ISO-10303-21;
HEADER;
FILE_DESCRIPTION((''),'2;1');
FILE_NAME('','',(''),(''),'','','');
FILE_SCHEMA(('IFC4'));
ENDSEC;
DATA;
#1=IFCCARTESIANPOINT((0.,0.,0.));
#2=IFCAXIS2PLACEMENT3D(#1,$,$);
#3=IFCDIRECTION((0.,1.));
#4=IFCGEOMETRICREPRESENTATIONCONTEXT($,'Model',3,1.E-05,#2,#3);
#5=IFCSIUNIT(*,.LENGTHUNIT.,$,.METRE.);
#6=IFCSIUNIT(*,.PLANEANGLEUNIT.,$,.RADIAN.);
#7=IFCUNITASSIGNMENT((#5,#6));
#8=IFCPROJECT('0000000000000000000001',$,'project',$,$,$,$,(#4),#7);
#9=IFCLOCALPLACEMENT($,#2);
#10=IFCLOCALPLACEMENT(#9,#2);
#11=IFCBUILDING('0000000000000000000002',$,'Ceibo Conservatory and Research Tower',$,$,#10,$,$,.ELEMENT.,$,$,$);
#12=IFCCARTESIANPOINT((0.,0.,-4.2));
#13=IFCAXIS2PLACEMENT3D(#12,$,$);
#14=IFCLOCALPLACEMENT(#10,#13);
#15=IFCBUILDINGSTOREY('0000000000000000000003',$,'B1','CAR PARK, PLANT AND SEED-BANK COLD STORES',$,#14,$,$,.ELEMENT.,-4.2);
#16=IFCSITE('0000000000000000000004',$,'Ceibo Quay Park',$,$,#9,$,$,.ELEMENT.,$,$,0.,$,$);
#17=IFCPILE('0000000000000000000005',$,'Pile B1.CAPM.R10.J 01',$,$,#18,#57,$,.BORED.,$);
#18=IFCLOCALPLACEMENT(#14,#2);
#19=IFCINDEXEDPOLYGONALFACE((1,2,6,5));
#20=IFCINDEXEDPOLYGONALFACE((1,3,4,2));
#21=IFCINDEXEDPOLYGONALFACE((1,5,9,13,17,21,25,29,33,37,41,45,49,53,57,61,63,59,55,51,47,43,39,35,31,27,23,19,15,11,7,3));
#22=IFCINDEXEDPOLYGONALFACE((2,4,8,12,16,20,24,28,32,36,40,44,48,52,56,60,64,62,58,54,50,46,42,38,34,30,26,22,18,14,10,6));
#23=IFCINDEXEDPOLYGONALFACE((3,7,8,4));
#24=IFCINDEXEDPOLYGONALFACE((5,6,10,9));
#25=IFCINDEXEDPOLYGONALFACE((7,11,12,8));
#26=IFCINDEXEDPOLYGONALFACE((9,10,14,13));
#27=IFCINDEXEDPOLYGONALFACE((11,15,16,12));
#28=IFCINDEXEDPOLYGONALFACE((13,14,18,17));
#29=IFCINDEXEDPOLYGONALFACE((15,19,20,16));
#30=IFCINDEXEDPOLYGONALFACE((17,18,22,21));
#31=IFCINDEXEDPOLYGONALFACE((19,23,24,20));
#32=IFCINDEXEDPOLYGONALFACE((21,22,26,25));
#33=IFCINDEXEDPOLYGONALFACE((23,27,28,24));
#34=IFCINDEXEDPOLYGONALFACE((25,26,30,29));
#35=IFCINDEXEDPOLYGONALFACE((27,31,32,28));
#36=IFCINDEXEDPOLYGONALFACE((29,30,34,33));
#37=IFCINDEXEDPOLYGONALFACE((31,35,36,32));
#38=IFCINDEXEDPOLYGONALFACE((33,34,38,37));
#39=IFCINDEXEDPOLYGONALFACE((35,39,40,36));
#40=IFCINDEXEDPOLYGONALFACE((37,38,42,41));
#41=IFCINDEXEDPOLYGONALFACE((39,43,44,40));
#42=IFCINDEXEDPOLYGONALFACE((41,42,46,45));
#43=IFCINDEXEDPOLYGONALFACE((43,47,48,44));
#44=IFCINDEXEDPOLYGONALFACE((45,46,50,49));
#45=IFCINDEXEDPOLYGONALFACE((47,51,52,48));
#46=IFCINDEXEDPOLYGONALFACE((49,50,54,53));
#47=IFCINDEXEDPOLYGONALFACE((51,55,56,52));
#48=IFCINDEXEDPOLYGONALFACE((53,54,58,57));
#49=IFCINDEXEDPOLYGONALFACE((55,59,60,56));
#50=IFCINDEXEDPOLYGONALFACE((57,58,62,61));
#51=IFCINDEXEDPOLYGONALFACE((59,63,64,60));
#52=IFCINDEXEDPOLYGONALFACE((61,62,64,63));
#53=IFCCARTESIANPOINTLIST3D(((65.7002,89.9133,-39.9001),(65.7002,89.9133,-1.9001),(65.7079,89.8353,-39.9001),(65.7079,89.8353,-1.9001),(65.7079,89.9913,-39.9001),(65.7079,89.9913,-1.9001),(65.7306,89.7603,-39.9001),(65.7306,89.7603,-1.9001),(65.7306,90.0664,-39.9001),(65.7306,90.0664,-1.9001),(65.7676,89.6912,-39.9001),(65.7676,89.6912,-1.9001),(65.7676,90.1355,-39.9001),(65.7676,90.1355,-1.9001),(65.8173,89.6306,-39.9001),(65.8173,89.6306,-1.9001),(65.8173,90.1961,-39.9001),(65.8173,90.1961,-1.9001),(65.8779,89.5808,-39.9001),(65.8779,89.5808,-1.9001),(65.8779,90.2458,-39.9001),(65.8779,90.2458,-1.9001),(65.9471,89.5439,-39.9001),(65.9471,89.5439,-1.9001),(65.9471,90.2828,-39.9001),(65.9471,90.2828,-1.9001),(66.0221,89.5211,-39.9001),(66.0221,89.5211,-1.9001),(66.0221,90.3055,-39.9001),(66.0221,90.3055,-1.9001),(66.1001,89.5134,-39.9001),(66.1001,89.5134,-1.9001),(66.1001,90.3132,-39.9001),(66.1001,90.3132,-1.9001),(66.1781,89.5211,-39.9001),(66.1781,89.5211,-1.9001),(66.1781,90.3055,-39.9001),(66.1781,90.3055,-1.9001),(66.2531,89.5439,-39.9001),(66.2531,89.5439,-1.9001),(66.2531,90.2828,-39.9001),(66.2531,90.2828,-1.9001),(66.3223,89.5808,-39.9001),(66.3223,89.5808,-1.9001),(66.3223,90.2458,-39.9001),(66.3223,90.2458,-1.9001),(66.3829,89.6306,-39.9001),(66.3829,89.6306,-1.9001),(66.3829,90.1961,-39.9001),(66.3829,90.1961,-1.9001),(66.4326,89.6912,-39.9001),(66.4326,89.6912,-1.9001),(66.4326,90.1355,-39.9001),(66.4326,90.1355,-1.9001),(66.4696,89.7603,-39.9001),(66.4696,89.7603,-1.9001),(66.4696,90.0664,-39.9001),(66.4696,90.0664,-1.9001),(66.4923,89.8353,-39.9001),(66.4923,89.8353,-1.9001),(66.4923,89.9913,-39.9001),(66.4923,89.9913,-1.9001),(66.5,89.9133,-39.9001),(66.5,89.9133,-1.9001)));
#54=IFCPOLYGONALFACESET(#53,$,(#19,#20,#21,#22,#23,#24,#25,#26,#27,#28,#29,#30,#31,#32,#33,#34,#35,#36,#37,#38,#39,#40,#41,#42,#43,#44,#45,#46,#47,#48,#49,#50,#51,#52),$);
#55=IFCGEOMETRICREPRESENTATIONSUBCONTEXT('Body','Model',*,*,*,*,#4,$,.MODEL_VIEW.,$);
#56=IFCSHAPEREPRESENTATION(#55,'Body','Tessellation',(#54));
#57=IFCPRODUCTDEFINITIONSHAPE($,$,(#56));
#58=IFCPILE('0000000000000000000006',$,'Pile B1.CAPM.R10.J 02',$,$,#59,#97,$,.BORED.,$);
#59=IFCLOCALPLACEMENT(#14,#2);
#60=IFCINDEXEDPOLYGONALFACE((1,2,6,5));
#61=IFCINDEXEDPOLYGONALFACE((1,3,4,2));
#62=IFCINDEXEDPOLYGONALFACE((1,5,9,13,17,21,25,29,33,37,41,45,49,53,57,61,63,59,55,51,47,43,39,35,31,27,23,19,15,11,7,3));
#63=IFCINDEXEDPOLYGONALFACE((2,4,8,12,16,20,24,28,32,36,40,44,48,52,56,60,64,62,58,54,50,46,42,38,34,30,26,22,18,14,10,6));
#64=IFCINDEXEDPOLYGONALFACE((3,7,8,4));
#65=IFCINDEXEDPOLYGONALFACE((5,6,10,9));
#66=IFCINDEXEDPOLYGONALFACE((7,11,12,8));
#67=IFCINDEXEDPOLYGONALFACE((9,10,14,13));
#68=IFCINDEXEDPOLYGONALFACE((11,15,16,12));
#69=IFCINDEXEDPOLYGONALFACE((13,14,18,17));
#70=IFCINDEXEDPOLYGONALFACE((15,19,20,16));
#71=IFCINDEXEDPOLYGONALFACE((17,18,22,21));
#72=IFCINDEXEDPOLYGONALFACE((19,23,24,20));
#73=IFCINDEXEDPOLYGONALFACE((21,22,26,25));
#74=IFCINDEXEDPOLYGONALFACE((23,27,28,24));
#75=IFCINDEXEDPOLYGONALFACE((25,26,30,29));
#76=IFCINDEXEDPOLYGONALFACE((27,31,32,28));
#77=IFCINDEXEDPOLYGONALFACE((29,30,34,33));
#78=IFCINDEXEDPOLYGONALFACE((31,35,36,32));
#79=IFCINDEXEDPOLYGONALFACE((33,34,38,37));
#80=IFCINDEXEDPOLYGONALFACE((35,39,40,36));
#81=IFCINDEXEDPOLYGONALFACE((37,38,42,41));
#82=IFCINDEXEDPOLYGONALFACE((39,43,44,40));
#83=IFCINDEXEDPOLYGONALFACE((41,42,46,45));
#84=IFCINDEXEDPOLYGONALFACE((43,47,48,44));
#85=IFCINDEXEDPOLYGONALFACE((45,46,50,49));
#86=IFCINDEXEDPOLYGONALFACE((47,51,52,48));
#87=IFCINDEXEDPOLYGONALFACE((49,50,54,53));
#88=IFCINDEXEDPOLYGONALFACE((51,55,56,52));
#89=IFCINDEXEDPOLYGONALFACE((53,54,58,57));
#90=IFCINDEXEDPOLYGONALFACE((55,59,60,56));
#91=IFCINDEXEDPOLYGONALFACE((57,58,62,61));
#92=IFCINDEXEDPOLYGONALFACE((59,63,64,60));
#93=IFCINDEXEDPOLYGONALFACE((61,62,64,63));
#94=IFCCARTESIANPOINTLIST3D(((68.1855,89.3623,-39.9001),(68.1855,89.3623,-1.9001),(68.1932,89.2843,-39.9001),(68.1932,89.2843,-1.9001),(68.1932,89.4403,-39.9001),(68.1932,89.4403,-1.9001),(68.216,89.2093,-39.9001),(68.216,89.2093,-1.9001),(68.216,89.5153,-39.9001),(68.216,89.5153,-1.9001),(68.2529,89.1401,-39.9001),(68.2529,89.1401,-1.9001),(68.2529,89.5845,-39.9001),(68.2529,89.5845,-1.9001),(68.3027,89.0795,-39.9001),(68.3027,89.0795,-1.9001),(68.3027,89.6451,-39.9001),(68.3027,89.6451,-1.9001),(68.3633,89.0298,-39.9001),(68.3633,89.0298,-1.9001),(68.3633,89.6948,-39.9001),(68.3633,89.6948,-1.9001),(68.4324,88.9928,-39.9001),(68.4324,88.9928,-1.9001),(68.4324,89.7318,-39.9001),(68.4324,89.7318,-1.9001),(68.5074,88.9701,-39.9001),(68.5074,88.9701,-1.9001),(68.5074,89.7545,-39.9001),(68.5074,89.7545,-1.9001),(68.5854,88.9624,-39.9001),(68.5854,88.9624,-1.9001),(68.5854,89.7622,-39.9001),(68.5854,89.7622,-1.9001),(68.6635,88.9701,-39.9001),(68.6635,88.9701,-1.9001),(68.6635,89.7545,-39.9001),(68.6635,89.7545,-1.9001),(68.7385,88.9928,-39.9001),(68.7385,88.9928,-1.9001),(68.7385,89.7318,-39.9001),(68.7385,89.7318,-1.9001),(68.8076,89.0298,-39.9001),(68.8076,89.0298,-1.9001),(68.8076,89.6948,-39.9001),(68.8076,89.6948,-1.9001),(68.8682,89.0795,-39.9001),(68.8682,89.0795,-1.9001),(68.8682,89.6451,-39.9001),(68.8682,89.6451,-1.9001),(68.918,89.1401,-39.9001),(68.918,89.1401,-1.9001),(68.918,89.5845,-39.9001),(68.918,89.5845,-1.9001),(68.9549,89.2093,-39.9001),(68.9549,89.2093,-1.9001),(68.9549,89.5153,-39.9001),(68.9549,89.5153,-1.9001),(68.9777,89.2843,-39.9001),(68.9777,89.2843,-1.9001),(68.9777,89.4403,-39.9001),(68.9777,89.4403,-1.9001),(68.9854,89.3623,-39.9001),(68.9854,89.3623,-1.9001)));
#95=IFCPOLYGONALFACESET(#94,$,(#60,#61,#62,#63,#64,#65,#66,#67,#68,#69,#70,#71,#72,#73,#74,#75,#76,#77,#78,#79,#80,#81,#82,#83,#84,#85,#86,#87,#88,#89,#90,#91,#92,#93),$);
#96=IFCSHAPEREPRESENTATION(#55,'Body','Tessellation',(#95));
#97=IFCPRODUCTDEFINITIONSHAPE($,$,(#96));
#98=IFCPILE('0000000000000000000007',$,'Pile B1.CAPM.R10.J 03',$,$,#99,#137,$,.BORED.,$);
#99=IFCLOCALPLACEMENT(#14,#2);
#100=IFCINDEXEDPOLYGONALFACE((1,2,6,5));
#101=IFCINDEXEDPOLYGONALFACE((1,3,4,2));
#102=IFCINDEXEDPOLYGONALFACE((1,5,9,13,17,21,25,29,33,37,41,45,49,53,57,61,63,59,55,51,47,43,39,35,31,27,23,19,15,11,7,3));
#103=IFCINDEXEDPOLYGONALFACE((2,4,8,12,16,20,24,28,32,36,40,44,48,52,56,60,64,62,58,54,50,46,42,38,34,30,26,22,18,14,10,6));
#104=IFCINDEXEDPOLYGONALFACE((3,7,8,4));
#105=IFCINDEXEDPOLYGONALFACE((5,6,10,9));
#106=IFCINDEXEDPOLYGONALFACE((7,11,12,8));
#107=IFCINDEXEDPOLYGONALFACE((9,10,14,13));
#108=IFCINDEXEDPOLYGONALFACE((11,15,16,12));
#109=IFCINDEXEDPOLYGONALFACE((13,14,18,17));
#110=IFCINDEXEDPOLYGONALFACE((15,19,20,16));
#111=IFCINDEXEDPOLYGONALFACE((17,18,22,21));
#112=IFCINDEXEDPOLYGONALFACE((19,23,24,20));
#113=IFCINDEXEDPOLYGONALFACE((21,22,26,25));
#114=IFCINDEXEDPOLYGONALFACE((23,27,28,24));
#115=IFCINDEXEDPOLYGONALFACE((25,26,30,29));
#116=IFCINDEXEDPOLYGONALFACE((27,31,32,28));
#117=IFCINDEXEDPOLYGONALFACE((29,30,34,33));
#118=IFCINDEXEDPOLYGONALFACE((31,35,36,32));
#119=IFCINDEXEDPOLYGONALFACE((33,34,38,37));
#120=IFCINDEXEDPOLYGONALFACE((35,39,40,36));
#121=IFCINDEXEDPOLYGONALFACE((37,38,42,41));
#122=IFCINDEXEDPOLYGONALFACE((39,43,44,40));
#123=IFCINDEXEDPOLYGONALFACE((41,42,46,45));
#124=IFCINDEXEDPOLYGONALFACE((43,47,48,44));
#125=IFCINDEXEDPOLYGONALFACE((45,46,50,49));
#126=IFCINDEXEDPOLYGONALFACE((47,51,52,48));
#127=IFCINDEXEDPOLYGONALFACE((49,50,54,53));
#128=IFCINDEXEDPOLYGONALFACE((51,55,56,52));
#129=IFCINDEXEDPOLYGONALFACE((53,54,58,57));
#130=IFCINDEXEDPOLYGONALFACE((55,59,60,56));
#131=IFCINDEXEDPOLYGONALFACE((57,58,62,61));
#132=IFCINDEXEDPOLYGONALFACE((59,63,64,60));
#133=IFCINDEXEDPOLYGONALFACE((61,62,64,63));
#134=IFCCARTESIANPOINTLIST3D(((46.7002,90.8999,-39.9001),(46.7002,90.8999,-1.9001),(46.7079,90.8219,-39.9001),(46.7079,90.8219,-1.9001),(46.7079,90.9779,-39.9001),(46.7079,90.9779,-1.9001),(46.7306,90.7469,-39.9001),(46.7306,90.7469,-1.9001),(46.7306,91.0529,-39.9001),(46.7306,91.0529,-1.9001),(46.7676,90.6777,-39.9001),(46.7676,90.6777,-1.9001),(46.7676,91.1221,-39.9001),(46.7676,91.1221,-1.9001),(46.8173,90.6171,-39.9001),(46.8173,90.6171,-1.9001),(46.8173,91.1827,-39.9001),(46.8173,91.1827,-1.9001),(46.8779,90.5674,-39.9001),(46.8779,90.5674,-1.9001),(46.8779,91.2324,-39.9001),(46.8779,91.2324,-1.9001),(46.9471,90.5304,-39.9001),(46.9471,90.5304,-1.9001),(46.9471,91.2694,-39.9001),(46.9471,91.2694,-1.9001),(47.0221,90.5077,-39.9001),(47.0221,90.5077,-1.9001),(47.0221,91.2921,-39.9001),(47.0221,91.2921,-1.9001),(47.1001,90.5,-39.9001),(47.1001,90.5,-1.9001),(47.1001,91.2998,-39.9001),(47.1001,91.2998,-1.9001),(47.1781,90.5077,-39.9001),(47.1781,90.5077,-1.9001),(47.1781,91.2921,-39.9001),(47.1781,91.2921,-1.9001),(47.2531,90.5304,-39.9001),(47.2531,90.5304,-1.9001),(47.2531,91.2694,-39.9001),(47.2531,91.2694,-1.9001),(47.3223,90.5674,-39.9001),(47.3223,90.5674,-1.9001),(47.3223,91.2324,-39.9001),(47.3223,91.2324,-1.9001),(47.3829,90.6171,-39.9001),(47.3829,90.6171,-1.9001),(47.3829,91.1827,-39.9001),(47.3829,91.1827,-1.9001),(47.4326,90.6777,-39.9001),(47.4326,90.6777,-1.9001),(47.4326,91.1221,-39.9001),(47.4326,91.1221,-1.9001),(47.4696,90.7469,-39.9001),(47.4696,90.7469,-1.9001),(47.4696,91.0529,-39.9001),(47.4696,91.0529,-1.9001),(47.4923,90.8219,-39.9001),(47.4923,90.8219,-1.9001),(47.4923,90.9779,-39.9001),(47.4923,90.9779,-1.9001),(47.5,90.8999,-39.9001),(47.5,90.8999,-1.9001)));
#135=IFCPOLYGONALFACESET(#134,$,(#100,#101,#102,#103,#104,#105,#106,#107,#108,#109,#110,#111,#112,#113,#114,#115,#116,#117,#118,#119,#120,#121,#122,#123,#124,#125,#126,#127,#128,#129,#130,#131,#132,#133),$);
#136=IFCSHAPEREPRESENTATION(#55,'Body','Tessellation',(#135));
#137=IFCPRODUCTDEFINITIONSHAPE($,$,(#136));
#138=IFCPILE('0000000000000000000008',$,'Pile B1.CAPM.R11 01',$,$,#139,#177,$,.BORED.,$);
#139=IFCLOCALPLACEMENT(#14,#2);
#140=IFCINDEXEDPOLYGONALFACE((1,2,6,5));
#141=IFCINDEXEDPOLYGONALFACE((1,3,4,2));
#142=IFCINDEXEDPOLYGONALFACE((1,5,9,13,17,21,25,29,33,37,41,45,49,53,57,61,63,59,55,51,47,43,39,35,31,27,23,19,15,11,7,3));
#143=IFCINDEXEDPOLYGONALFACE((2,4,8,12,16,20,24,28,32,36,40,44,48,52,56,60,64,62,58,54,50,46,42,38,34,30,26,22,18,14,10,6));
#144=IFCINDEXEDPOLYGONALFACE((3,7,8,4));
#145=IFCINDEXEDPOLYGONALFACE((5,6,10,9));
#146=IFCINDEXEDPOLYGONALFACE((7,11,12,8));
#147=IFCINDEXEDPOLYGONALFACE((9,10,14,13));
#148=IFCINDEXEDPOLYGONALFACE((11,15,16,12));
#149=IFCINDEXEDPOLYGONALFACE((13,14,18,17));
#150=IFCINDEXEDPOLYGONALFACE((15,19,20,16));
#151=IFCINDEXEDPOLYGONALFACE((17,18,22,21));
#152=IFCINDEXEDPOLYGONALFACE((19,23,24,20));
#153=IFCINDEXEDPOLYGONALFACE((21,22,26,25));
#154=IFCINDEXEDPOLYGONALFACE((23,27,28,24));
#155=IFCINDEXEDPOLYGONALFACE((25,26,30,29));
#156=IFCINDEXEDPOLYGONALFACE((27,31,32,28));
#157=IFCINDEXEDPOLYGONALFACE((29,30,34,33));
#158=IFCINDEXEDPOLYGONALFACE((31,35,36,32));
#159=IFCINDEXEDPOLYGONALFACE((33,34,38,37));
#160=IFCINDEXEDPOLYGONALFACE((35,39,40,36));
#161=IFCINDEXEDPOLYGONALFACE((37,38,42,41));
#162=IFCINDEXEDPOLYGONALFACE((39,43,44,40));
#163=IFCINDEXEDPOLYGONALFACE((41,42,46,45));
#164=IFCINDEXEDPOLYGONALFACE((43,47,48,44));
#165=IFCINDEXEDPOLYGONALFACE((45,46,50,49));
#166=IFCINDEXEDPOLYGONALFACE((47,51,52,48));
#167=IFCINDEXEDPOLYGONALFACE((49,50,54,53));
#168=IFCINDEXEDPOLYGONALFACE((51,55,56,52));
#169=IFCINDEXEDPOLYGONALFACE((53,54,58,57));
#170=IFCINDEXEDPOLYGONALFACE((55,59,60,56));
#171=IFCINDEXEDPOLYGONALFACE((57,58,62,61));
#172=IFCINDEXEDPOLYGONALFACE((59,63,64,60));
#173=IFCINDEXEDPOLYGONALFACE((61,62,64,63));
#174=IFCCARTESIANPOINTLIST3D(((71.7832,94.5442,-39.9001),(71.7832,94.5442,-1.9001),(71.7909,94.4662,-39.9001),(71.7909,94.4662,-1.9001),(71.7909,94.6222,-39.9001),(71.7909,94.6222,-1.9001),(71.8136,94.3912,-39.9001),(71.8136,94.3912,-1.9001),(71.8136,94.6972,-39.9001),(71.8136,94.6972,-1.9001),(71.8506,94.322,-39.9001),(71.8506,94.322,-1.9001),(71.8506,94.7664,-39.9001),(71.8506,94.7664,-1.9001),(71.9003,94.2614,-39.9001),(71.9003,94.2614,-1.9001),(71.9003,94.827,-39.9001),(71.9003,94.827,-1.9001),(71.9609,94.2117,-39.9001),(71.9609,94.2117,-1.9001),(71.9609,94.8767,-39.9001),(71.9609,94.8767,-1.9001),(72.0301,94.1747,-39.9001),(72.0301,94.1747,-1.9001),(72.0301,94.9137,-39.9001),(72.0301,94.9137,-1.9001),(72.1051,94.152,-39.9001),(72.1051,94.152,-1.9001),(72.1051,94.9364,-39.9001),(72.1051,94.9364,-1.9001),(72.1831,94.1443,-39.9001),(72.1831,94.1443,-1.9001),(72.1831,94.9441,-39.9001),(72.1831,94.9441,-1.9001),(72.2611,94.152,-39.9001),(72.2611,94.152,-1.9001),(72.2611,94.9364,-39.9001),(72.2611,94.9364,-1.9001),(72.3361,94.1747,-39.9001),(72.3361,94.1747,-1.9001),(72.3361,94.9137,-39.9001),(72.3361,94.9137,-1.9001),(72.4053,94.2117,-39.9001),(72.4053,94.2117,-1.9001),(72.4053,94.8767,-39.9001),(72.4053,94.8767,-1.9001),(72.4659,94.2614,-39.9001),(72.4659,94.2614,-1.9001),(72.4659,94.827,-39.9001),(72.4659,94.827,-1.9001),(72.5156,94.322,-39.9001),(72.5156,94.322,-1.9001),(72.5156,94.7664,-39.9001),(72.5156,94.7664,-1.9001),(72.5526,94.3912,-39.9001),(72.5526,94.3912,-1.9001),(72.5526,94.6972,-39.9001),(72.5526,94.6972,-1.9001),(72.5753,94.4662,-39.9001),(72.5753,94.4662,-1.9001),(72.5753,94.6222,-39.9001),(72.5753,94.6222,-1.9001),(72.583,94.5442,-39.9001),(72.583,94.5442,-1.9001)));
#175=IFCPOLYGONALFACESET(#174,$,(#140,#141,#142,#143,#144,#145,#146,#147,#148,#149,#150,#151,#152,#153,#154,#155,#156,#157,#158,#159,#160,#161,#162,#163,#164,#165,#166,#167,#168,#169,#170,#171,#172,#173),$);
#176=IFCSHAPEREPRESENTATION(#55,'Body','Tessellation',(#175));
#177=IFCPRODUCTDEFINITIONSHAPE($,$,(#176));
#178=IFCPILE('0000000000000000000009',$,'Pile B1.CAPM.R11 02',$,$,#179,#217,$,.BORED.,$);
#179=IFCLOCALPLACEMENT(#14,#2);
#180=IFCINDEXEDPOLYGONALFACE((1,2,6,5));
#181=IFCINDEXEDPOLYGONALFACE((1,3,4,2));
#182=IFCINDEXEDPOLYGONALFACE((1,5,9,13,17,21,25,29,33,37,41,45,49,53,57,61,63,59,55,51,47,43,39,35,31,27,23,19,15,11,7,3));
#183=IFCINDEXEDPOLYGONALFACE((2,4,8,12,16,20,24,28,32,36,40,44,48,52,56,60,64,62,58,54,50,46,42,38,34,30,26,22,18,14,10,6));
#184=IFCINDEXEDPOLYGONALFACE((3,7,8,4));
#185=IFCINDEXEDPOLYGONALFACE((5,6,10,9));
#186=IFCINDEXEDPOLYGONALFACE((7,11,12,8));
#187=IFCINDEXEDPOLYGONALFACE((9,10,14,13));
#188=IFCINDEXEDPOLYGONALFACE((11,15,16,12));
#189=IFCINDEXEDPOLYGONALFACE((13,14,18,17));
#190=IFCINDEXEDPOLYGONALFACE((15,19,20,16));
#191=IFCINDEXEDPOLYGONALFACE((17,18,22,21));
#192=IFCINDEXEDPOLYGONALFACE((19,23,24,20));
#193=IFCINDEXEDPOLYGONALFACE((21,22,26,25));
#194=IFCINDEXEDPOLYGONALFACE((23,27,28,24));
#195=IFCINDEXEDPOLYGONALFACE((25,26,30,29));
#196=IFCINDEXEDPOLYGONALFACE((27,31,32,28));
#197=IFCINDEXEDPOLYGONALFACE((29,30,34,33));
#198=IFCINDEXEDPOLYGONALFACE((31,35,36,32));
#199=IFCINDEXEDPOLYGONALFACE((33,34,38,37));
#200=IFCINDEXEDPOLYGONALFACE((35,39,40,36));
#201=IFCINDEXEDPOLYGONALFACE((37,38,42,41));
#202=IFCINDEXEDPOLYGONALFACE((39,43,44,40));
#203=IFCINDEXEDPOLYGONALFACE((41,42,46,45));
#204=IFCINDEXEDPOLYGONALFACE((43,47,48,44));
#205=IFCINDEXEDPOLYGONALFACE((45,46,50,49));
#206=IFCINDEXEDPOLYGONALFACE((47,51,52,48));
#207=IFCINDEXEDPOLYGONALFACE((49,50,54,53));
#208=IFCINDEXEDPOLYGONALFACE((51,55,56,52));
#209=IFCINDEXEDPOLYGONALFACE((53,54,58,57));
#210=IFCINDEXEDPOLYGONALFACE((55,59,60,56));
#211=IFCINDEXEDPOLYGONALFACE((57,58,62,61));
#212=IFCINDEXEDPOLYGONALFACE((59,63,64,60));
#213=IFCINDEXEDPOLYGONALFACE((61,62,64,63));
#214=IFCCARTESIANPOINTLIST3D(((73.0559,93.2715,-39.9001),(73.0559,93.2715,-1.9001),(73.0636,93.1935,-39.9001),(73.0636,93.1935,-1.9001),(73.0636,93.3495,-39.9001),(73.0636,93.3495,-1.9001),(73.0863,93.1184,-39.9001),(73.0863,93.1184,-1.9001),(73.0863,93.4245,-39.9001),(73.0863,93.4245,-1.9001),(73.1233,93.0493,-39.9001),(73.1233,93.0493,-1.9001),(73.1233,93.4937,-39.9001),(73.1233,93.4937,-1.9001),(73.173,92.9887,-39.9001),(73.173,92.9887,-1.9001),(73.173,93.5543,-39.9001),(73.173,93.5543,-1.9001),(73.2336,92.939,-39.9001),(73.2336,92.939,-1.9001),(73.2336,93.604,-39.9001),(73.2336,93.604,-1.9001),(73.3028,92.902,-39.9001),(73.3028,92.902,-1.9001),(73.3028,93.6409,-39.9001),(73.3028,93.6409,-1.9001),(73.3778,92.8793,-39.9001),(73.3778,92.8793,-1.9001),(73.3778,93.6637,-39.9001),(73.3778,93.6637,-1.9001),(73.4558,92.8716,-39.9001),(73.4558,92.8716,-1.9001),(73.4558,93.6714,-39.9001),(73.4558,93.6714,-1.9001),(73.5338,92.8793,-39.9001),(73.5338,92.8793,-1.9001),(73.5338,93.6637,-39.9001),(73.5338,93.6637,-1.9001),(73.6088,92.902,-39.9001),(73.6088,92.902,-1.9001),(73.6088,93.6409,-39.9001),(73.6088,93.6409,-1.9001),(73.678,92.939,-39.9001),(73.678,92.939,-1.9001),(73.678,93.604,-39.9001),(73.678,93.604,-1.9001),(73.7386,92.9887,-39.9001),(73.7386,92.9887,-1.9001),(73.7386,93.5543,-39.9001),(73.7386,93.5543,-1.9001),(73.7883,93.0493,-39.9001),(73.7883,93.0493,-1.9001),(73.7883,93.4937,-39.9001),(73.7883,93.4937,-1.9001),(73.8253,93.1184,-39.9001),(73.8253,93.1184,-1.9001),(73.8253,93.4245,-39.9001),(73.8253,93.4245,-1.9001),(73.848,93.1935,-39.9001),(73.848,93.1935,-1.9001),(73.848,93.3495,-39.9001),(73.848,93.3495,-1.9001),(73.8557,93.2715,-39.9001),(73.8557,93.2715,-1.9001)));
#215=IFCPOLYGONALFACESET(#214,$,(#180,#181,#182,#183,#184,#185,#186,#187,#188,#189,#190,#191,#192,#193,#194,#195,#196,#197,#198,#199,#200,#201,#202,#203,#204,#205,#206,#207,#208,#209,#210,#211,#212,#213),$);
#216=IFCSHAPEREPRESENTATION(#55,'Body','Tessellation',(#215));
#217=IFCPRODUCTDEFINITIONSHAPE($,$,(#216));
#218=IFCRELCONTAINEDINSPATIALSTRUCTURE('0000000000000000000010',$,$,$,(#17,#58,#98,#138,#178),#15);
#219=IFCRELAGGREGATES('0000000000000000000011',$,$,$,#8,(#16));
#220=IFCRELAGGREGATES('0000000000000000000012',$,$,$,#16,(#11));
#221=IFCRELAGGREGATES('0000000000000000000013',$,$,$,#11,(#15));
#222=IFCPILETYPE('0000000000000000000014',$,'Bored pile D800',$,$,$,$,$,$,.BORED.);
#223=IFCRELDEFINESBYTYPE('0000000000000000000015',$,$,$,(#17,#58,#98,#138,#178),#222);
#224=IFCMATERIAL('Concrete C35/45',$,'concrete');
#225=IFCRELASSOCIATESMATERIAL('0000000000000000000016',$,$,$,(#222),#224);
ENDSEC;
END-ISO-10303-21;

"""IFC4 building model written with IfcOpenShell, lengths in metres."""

from ifc_helpers import new_model, si_unit, direction, frame, origin, origin_2d, place, context, subcontext, project, spatial, circle, extrude, material, material_profile, profile_set, type_object, element, save


model = new_model("IFC4")

# Units and contexts
model_context = context("Model", 3, precision=1e-05, world=origin(), true_north=direction((0.0, 1.0)))
body_context = subcontext(model_context, "Body", "Model", "MODEL_VIEW")
ifc_project = project(units=[si_unit("LENGTHUNIT", "METRE"), si_unit("PLANEANGLEUNIT", "RADIAN")], contexts=[model_context])

# Site, building, storey
site_placement = place(None, origin())
site = spatial("IfcSite", under=ifc_project, at=site_placement, Name="Ceibo Quay Park", CompositionType="ELEMENT", RefElevation=0.0)
building_placement = place(site_placement, origin())
building = spatial("IfcBuilding", under=site, at=building_placement, Name="Ceibo Conservatory and Research Tower", CompositionType="ELEMENT")
storey_placement = place(building_placement, frame((0.0, 0.0, -4.2)))
storey = spatial("IfcBuildingStorey", under=building, at=storey_placement, Name="B1", Description="CAR PARK, PLANT AND SEED-BANK COLD STORES", CompositionType="ELEMENT", Elevation=-4.2)

# Piles
ifc_material_1 = material(Name="Concrete C35/45", Category="concrete")
ifc_material_profile_1 = material_profile(ifc_material_1, circle(Radius=0.3999, at=origin_2d()), Name="RC D800")
ifc_profile_set_1 = profile_set([ifc_material_profile_1], Name="Concrete C35/45")
pile_type_1 = type_object("IfcPileType", Name="Bored pile D800", PredefinedType="BORED", material=ifc_profile_set_1)
for number, where, z_axis, x_axis, name in (
    (1, (66.1001, 89.9133, -1.9001), (0.0, 0.0, -1.0), (1.0, 0.0, 0.0), "Pile B1.CAPM.R10.J 01"),
    (2, (68.5854, 89.3623, -1.9001), (0.0, 0.0, -1.0), (1.0, 0.0, 0.0), "Pile B1.CAPM.R10.J 02"),
    (3, (47.1001, 90.8999, -1.9001), (0.0, 0.0, -1.0), (1.0, 0.0, 0.0), "Pile B1.CAPM.R10.J 03"),
    (4, (72.1831, 94.5442, -1.9001), (0.0, 0.0, -1.0), (1.0, 0.0, 0.0), "Pile B1.CAPM.R11 01"),
    (5, (73.4558, 93.2715, -1.9001), (0.0, 0.0, -1.0), (1.0, 0.0, 0.0), "Pile B1.CAPM.R11 02"),
):
    element("IfcPile", number, at=place(storey_placement, frame(where, z_axis=z_axis, x_axis=x_axis)), inside=storey, type_object=pile_type_1, Name=name, PredefinedType="BORED", context=body_context, shape_type="SweptSolid", body=[
        extrude(circle(Radius=0.3999, at=origin_2d()), origin(), (0.0, 0.0, 1.0), 38.0),
    ])

save(model, "model.ifc")
